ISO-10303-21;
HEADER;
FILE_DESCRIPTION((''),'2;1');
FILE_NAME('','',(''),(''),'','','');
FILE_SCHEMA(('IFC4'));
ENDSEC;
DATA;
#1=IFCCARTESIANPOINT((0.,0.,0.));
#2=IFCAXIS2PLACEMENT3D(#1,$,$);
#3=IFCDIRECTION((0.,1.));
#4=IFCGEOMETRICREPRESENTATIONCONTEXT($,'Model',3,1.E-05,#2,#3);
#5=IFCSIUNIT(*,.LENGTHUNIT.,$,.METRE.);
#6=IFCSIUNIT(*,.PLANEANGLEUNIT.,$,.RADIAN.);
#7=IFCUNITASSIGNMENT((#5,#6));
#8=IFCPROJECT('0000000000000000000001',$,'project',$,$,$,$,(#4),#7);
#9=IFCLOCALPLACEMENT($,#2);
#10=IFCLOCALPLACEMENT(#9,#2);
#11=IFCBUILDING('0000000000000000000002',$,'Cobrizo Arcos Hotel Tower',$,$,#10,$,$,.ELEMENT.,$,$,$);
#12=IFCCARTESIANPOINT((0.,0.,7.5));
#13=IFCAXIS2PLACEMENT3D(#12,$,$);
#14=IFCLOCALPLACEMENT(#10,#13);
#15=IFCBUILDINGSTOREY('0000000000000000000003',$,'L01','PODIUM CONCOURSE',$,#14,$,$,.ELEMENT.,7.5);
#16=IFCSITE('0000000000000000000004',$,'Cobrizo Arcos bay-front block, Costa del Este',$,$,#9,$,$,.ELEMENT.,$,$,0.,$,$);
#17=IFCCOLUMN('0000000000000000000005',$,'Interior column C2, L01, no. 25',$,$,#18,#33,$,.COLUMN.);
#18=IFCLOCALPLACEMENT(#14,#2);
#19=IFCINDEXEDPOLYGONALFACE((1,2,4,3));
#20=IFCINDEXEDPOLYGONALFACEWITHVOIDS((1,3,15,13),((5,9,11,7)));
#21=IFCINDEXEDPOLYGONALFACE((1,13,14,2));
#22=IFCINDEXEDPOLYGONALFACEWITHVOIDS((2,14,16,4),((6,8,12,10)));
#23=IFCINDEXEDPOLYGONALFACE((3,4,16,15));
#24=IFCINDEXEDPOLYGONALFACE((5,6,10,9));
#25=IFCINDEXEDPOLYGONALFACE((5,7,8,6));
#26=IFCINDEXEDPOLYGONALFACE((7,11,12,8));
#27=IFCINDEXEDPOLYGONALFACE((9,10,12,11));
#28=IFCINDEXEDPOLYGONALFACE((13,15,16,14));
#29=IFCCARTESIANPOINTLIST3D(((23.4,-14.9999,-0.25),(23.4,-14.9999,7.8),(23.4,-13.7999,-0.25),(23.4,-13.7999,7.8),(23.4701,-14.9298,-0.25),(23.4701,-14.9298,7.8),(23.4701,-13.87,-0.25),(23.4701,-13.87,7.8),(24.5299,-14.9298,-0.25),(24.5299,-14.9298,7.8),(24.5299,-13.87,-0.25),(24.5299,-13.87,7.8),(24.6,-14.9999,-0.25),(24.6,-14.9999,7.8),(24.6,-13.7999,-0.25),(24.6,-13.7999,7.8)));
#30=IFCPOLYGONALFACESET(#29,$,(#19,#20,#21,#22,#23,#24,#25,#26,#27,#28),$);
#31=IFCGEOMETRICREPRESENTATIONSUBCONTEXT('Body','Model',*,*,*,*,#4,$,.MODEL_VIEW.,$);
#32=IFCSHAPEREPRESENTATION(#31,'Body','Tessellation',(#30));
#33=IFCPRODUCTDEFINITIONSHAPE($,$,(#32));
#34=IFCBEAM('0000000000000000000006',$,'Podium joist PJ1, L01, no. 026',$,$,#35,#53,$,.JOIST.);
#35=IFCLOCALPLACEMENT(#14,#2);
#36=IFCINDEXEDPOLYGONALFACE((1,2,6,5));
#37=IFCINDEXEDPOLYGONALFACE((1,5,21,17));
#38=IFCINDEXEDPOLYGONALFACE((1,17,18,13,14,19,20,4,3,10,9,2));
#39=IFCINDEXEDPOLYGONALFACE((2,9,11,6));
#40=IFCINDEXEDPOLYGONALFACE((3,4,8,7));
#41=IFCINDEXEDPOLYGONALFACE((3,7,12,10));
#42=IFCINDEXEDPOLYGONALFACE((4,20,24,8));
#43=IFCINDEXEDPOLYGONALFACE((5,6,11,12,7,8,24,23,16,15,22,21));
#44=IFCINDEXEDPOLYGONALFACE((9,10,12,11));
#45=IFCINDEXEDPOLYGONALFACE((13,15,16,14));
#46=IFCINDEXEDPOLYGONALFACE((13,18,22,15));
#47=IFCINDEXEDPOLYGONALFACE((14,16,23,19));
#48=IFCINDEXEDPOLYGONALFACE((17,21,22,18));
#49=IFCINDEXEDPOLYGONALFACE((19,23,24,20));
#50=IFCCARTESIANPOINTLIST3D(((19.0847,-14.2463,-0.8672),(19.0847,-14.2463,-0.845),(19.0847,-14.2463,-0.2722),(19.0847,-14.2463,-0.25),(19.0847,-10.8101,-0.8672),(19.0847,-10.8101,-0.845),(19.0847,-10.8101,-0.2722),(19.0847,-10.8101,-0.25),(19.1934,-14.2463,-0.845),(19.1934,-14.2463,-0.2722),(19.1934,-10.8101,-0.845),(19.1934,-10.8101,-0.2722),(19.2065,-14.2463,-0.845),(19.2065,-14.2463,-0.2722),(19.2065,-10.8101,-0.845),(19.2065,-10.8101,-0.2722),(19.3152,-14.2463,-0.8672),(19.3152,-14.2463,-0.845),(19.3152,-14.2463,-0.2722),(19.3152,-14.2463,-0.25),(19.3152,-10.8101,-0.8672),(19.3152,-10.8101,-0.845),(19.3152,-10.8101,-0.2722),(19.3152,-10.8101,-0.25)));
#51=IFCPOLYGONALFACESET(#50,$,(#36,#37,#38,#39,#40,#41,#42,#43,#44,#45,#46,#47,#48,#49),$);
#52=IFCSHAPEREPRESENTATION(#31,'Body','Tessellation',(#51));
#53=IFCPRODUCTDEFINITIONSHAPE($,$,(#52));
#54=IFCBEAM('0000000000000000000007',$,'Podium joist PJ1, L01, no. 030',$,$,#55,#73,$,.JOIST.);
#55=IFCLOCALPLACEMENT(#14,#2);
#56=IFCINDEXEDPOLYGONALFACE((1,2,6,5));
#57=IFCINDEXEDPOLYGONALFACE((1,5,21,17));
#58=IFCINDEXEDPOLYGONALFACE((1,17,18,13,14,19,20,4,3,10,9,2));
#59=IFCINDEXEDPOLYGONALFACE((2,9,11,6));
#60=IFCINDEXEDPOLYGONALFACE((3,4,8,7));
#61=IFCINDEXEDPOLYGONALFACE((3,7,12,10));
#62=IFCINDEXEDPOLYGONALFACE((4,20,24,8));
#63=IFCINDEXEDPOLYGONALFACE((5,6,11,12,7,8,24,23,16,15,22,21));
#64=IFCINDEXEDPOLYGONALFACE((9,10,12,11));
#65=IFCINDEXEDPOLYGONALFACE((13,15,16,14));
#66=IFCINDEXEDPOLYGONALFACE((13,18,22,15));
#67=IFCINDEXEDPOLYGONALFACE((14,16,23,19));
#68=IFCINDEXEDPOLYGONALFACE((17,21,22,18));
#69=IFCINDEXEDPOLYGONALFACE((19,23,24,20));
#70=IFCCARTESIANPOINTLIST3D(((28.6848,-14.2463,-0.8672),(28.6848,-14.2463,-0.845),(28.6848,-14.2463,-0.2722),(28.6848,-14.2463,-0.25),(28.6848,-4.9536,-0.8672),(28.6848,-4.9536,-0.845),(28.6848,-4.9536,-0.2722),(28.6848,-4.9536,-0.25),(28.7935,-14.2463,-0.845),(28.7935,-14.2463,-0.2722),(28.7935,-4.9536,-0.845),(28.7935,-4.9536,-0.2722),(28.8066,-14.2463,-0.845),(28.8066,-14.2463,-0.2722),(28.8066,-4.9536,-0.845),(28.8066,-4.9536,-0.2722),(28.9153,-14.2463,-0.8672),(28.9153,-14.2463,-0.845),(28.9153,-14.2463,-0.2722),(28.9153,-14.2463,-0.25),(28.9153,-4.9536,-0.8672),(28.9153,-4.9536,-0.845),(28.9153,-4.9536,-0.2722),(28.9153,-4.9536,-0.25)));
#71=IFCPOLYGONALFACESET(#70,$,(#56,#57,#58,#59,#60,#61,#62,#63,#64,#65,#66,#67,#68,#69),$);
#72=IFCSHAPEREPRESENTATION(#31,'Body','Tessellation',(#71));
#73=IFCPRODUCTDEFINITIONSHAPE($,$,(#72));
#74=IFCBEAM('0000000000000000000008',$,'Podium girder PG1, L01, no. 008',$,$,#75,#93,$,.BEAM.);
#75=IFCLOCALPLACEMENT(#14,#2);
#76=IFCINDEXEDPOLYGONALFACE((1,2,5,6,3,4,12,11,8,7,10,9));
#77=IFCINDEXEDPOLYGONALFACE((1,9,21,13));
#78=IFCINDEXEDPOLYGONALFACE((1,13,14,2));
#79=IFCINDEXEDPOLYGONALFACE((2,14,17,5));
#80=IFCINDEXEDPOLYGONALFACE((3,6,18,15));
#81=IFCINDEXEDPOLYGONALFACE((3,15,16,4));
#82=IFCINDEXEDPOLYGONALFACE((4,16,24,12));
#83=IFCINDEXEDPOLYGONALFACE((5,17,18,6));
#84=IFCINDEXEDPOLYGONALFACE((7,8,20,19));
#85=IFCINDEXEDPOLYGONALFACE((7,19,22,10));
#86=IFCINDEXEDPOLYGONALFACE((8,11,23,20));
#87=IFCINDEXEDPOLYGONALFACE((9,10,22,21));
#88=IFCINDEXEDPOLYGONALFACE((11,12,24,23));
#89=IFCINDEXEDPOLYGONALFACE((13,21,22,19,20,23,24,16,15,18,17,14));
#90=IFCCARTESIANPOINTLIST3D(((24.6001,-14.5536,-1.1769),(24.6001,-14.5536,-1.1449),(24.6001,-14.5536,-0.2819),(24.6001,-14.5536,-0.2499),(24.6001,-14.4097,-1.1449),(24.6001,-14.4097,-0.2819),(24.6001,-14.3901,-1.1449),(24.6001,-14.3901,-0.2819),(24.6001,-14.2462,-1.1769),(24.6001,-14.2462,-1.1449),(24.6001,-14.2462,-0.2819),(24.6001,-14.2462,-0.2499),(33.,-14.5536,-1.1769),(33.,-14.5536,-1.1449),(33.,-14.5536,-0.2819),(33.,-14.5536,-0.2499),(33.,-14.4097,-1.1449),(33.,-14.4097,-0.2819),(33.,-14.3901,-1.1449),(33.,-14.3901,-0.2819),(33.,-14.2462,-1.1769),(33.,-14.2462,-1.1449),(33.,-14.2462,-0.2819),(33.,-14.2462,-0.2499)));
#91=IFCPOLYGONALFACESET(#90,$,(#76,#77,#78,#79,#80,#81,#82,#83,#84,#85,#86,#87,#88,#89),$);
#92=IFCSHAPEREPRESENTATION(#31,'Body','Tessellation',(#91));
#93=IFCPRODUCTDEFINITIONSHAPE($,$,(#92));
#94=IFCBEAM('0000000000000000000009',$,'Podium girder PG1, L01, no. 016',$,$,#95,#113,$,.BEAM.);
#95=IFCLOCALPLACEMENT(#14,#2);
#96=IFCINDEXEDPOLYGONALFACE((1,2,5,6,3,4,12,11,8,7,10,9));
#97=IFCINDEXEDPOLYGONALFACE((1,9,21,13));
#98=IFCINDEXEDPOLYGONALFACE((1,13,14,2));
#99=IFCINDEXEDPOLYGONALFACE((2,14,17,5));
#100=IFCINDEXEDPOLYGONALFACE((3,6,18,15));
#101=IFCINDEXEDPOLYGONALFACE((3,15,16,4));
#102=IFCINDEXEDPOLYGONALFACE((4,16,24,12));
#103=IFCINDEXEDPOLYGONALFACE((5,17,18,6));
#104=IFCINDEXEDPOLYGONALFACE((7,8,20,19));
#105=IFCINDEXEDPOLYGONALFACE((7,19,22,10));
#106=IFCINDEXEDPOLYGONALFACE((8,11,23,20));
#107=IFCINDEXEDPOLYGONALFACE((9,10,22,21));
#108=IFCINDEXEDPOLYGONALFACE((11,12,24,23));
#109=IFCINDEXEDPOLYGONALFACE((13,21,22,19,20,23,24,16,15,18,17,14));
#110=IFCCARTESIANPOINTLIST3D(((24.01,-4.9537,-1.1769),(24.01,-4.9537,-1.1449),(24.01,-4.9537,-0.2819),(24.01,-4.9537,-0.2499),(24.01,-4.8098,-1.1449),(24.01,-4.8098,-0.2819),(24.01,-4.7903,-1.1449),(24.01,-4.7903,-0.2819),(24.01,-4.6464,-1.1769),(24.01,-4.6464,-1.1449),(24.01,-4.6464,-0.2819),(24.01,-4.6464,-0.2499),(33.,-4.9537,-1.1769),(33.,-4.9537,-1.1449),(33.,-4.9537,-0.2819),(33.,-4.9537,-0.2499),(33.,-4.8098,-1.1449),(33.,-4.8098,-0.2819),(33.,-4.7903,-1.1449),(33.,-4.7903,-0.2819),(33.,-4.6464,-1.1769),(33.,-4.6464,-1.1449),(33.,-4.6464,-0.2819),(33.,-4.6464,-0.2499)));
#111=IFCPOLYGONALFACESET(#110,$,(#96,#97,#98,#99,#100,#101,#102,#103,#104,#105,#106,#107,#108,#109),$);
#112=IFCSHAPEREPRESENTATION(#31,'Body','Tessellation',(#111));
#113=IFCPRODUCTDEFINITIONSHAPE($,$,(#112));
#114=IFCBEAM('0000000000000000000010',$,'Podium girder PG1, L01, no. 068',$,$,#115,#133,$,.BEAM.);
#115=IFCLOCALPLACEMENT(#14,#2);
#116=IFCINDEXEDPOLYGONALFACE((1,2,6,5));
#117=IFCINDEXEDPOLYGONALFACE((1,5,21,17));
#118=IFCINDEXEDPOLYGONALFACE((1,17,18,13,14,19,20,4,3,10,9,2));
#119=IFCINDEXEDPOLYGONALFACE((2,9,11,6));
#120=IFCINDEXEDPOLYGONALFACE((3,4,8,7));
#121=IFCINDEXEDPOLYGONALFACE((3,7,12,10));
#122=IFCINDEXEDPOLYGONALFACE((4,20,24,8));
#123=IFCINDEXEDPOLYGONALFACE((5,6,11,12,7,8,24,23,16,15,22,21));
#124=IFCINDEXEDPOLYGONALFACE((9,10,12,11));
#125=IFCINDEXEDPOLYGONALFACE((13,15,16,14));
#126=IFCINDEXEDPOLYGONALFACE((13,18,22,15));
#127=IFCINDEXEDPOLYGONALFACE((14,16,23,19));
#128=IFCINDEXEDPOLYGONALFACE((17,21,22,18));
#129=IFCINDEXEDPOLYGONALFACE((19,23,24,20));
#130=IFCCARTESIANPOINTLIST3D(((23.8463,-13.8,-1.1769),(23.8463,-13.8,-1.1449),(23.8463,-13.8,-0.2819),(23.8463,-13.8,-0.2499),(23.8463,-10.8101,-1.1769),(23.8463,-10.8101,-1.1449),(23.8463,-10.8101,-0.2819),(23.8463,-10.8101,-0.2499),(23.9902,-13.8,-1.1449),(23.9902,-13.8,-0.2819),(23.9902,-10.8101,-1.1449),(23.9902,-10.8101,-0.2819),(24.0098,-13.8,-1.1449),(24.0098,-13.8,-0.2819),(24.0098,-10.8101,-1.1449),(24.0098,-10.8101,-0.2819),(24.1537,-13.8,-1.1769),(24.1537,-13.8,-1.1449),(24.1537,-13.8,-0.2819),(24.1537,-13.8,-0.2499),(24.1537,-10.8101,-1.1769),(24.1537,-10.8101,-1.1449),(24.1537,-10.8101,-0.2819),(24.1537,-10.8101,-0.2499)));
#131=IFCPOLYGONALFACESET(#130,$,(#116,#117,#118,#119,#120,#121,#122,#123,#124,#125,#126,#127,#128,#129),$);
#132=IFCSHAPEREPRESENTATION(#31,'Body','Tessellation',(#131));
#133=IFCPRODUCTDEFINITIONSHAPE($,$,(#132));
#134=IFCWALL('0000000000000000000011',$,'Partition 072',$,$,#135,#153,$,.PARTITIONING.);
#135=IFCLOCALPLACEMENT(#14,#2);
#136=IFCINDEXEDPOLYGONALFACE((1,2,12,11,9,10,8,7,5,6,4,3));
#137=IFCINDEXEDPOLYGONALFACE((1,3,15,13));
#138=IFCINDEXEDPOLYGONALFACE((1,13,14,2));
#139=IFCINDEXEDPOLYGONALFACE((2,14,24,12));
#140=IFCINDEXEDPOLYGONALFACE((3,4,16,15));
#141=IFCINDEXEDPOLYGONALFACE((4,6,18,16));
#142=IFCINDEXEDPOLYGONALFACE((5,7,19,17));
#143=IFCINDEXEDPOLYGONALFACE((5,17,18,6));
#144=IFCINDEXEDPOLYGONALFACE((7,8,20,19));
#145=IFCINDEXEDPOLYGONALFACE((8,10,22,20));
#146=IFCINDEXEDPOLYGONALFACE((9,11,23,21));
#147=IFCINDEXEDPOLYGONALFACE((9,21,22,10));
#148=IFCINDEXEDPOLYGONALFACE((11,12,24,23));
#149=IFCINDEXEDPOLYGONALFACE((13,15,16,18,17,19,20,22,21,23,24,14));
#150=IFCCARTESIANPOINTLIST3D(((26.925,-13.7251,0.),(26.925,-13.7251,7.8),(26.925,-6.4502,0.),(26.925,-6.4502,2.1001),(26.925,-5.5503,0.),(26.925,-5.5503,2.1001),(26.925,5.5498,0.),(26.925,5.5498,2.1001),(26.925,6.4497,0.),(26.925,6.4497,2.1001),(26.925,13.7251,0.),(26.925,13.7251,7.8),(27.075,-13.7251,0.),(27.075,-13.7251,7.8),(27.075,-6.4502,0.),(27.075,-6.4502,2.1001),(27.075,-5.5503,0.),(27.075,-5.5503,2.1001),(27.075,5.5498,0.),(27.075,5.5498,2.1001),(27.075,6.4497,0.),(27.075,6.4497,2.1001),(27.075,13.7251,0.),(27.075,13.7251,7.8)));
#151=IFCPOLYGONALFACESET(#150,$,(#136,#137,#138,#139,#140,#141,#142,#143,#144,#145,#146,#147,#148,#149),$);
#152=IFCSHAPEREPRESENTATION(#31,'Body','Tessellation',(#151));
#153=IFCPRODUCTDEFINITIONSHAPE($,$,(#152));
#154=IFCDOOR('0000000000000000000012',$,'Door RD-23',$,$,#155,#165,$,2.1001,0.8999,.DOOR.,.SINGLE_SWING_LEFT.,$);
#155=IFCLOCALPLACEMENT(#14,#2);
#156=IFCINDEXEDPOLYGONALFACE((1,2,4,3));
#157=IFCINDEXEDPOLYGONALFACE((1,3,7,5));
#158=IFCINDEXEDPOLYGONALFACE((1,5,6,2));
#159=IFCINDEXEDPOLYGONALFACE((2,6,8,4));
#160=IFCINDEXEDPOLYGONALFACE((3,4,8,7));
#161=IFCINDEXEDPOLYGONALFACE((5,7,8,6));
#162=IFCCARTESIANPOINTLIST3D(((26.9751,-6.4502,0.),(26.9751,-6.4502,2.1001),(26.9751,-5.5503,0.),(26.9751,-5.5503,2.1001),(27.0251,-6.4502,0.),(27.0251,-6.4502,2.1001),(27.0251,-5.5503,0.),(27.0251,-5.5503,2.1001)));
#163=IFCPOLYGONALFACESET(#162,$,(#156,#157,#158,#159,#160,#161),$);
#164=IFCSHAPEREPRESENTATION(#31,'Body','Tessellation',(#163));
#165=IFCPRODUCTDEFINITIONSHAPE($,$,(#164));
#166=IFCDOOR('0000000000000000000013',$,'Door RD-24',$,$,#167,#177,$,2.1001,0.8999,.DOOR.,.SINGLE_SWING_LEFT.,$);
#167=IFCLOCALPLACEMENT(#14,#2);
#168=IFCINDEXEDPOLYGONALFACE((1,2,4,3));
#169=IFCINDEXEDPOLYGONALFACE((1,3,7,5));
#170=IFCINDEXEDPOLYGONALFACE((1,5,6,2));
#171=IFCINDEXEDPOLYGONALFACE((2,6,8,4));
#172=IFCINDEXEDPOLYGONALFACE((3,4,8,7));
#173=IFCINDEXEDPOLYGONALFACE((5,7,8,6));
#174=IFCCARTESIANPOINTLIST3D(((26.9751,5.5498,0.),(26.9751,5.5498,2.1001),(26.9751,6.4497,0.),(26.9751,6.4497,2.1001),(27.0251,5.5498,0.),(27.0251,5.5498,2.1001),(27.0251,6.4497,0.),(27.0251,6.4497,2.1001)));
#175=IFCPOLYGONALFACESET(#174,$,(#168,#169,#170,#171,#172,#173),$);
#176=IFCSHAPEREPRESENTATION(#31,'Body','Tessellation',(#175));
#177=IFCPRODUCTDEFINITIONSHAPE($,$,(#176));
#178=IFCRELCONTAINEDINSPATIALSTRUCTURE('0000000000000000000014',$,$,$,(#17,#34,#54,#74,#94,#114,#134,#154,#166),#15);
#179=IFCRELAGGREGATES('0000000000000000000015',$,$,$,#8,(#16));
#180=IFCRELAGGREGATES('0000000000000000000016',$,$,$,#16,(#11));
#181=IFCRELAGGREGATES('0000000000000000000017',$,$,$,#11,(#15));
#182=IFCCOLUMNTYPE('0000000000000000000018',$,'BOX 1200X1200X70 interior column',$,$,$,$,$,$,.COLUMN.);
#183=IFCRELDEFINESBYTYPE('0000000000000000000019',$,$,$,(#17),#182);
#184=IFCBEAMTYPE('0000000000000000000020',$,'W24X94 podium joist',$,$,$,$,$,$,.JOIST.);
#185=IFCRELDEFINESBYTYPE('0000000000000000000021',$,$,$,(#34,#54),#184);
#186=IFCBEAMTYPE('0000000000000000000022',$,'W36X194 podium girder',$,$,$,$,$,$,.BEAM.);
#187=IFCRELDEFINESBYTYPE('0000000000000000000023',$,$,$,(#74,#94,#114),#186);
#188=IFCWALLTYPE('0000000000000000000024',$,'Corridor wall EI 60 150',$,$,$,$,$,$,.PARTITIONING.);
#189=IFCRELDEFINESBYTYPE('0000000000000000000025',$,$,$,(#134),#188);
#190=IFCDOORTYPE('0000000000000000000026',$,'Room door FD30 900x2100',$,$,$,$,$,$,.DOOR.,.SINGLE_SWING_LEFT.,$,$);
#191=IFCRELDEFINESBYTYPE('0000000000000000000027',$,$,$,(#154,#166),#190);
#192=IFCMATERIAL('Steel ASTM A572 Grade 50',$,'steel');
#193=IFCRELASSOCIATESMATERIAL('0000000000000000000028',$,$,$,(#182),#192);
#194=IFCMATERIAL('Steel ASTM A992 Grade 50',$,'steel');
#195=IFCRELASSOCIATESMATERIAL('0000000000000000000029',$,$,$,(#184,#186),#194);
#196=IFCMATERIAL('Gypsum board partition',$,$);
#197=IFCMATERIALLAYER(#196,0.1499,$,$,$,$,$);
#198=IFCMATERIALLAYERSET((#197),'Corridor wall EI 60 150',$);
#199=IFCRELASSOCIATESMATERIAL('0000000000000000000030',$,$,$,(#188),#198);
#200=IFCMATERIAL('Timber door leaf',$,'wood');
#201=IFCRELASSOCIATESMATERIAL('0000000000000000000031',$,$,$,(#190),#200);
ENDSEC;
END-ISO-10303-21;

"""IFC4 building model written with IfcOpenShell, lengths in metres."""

from ifc_helpers import new_model, si_unit, direction, frame, frame_2d, origin, origin_2d, place, context, subcontext, project, spatial, rectangle, hollow_rectangle, i_section, extrude, material, layer, layer_set, material_profile, profile_set, type_object, element, fill, save


model = new_model("IFC4")

# Units and contexts
model_context = context("Model", 3, precision=1e-05, world=origin(), true_north=direction((0.0, 1.0)))
body_context = subcontext(model_context, "Body", "Model", "MODEL_VIEW")
ifc_project = project(units=[si_unit("LENGTHUNIT", "METRE"), si_unit("PLANEANGLEUNIT", "RADIAN")], contexts=[model_context])

# Site, building, storey
site_placement = place(None, origin())
site = spatial("IfcSite", under=ifc_project, at=site_placement, Name="Cobrizo Arcos bay-front block, Costa del Este", CompositionType="ELEMENT", RefElevation=0.0)
building_placement = place(site_placement, origin())
building = spatial("IfcBuilding", under=site, at=building_placement, Name="Cobrizo Arcos Hotel Tower", CompositionType="ELEMENT")
storey_placement = place(building_placement, frame((0.0, 0.0, 7.5)))
storey = spatial("IfcBuildingStorey", under=building, at=storey_placement, Name="L01", Description="PODIUM CONCOURSE", CompositionType="ELEMENT", Elevation=7.5)

# Column
ifc_material_1 = material(Name="Steel ASTM A572 Grade 50", Category="steel")
ifc_material_profile_1 = material_profile(ifc_material_1, hollow_rectangle(XDim=1.2, YDim=1.2, WallThickness=0.0701, at=origin_2d()), Name="BOX 1200X1200X70")
ifc_profile_set_1 = profile_set([ifc_material_profile_1], Name="Steel ASTM A572 Grade 50")
column_type = type_object("IfcColumnType", Name="BOX 1200X1200X70 interior column", PredefinedType="COLUMN", material=ifc_profile_set_1)
column_placement = place(storey_placement, frame((24.0, -14.3999, -0.25), z_axis=(0.0, 0.0, 1.0), x_axis=(1.0, 0.0, 0.0)))
element("IfcColumn", 1, at=column_placement, inside=storey, type_object=column_type, Name="Interior column C2, L01, no. 25", PredefinedType="COLUMN", context=body_context, shape_type="SweptSolid", body=[
    extrude(hollow_rectangle(XDim=1.2, YDim=1.2, WallThickness=0.0701, at=origin_2d()), origin(), (0.0, 0.0, 1.0), 8.05),
])

# Beams
ifc_material_2 = material(Name="Steel ASTM A992 Grade 50", Category="steel")
ifc_material_profile_2 = material_profile(ifc_material_2, i_section(OverallWidth=0.2305, OverallDepth=0.6172, WebThickness=0.0132, FlangeThickness=0.0222, at=origin_2d()), Name="W24X94")
ifc_profile_set_2 = profile_set([ifc_material_profile_2], Name="Steel ASTM A992 Grade 50")
beam_type_1 = type_object("IfcBeamType", Name="W24X94 podium joist", PredefinedType="JOIST", material=ifc_profile_set_2)
beam_1_placement = place(storey_placement, frame((19.2, -14.2463, -0.5586), z_axis=(0.0, 1.0, 0.0), x_axis=(-1.0, 0.0, 0.0)))
element("IfcBeam", 2, at=beam_1_placement, inside=storey, type_object=beam_type_1, Name="Podium joist PJ1, L01, no. 026", PredefinedType="JOIST", context=body_context, shape_type="SweptSolid", body=[
    extrude(i_section(OverallWidth=0.2305, OverallDepth=0.6172, WebThickness=0.0132, FlangeThickness=0.0222, at=origin_2d()), origin(), (0.0, 0.0, 1.0), 3.4363),
])
beam_2_placement = place(storey_placement, frame((28.8, -14.2463, -0.5586), z_axis=(0.0, 1.0, 0.0), x_axis=(-1.0, 0.0, 0.0)))
element("IfcBeam", 3, at=beam_2_placement, inside=storey, type_object=beam_type_1, Name="Podium joist PJ1, L01, no. 030", PredefinedType="JOIST", context=body_context, shape_type="SweptSolid", body=[
    extrude(i_section(OverallWidth=0.2305, OverallDepth=0.6172, WebThickness=0.0132, FlangeThickness=0.0222, at=origin_2d()), origin(), (0.0, 0.0, 1.0), 9.2927),
])
ifc_material_profile_3 = material_profile(ifc_material_2, i_section(OverallWidth=0.3074, OverallDepth=0.927, WebThickness=0.0195, FlangeThickness=0.032, at=origin_2d()), Name="W36X194")
ifc_profile_set_3 = profile_set([ifc_material_profile_3], Name="Steel ASTM A992 Grade 50")
beam_type_2 = type_object("IfcBeamType", Name="W36X194 podium girder", PredefinedType="BEAM", material=ifc_profile_set_3)
beam_3_placement = place(storey_placement, frame((24.6001, -14.3999, -0.7134), z_axis=(1.0, 0.0, 0.0), x_axis=(0.0, 1.0, 0.0)))
element("IfcBeam", 4, at=beam_3_placement, inside=storey, type_object=beam_type_2, Name="Podium girder PG1, L01, no. 008", PredefinedType="BEAM", context=body_context, shape_type="SweptSolid", body=[
    extrude(i_section(OverallWidth=0.3074, OverallDepth=0.927, WebThickness=0.0195, FlangeThickness=0.032, at=origin_2d()), origin(), (0.0, 0.0, 1.0), 8.3999),
])
beam_4_placement = place(storey_placement, frame((24.01, -4.8, -0.7134), z_axis=(1.0, 0.0, 0.0), x_axis=(0.0, 1.0, 0.0)))
element("IfcBeam", 5, at=beam_4_placement, inside=storey, type_object=beam_type_2, Name="Podium girder PG1, L01, no. 016", PredefinedType="BEAM", context=body_context, shape_type="SweptSolid", body=[
    extrude(i_section(OverallWidth=0.3074, OverallDepth=0.927, WebThickness=0.0195, FlangeThickness=0.032, at=origin_2d()), origin(), (0.0, 0.0, 1.0), 8.99),
])
beam_5_placement = place(storey_placement, frame((24.0, -13.8, -0.7134), z_axis=(0.0, 1.0, 0.0), x_axis=(-1.0, 0.0, 0.0)))
element("IfcBeam", 6, at=beam_5_placement, inside=storey, type_object=beam_type_2, Name="Podium girder PG1, L01, no. 068", PredefinedType="BEAM", context=body_context, shape_type="SweptSolid", body=[
    extrude(i_section(OverallWidth=0.3074, OverallDepth=0.927, WebThickness=0.0195, FlangeThickness=0.032, at=origin_2d()), origin(), (0.0, 0.0, 1.0), 2.99),
])

# Wall, openings, doors
ifc_material_3 = material(Name="Gypsum board partition")
ifc_layer_1 = layer(ifc_material_3, 0.1499)
ifc_layer_set_1 = layer_set([ifc_layer_1], Name="Corridor wall EI 60 150")
wall_type_1 = type_object("IfcWallType", Name="Corridor wall EI 60 150", PredefinedType="PARTITIONING", material=ifc_layer_set_1)
wall_1_placement = place(storey_placement, frame((27.0, -13.7251, 0.0), z_axis=(0.0, 0.0, 1.0), x_axis=(0.0, 1.0, 0.0)))
wall_1 = element("IfcWall", 7, at=wall_1_placement, inside=storey, type_object=wall_type_1, Name="Partition 072", PredefinedType="PARTITIONING", context=body_context, shape_type="SweptSolid", body=[
    extrude(rectangle(XDim=27.4502, YDim=0.1499, at=frame_2d((13.7251, 0.0))), origin(), (0.0, 0.0, 1.0), 7.8),
])
opening_1_placement = place(wall_1_placement, frame((7.2749, 0.0, 0.0)))
opening_1 = element("IfcOpeningElement", 8, at=opening_1_placement, cuts=wall_1, PredefinedType="OPENING", context=body_context, shape_type="SweptSolid", body=[
    extrude(rectangle(XDim=0.8999, YDim=2.1001, at=frame_2d((0.45, 1.05))), frame((0.0, 0.0869, 0.0), z_axis=(0.0, -1.0, 0.0), x_axis=(1.0, 0.0, 0.0)), (0.0, 0.0, 1.0), 0.1738),
])
opening_2_placement = place(wall_1_placement, frame((19.2749, 0.0, 0.0)))
opening_2 = element("IfcOpeningElement", 9, at=opening_2_placement, cuts=wall_1, PredefinedType="OPENING", context=body_context, shape_type="SweptSolid", body=[
    extrude(rectangle(XDim=0.8999, YDim=2.1001, at=frame_2d((0.45, 1.05))), frame((0.0, 0.0869, 0.0), z_axis=(0.0, -1.0, 0.0), x_axis=(1.0, 0.0, 0.0)), (0.0, 0.0, 1.0), 0.1738),
])
ifc_material_4 = material(Name="Timber door leaf", Category="wood")
door_type_1 = type_object("IfcDoorType", Name="Room door FD30 900x2100", OperationType="SINGLE_SWING_LEFT", PredefinedType="DOOR", material=ifc_material_4)
door_1_placement = place(opening_1_placement, origin())
door_1 = element("IfcDoor", 10, at=door_1_placement, inside=storey, type_object=door_type_1, Name="Door RD-23", OperationType="SINGLE_SWING_LEFT", OverallHeight=2.1001, OverallWidth=0.8999, PredefinedType="DOOR", context=body_context, shape_type="SweptSolid", body=[
    extrude(rectangle(XDim=0.8999, YDim=2.1001, at=frame_2d((0.45, 1.05))), frame((0.0, 0.0249, 0.0), z_axis=(0.0, -1.0, 0.0), x_axis=(1.0, 0.0, 0.0)), (0.0, 0.0, 1.0), 0.05),
])
fill(opening_1, door_1)
door_2_placement = place(opening_2_placement, origin())
door_2 = element("IfcDoor", 11, at=door_2_placement, inside=storey, type_object=door_type_1, Name="Door RD-24", OperationType="SINGLE_SWING_LEFT", OverallHeight=2.1001, OverallWidth=0.8999, PredefinedType="DOOR", context=body_context, shape_type="SweptSolid", body=[
    extrude(rectangle(XDim=0.8999, YDim=2.1001, at=frame_2d((0.45, 1.05))), frame((0.0, 0.0249, 0.0), z_axis=(0.0, -1.0, 0.0), x_axis=(1.0, 0.0, 0.0)), (0.0, 0.0, 1.0), 0.05),
])
fill(opening_2, door_2)

save(model, "model.ifc")
